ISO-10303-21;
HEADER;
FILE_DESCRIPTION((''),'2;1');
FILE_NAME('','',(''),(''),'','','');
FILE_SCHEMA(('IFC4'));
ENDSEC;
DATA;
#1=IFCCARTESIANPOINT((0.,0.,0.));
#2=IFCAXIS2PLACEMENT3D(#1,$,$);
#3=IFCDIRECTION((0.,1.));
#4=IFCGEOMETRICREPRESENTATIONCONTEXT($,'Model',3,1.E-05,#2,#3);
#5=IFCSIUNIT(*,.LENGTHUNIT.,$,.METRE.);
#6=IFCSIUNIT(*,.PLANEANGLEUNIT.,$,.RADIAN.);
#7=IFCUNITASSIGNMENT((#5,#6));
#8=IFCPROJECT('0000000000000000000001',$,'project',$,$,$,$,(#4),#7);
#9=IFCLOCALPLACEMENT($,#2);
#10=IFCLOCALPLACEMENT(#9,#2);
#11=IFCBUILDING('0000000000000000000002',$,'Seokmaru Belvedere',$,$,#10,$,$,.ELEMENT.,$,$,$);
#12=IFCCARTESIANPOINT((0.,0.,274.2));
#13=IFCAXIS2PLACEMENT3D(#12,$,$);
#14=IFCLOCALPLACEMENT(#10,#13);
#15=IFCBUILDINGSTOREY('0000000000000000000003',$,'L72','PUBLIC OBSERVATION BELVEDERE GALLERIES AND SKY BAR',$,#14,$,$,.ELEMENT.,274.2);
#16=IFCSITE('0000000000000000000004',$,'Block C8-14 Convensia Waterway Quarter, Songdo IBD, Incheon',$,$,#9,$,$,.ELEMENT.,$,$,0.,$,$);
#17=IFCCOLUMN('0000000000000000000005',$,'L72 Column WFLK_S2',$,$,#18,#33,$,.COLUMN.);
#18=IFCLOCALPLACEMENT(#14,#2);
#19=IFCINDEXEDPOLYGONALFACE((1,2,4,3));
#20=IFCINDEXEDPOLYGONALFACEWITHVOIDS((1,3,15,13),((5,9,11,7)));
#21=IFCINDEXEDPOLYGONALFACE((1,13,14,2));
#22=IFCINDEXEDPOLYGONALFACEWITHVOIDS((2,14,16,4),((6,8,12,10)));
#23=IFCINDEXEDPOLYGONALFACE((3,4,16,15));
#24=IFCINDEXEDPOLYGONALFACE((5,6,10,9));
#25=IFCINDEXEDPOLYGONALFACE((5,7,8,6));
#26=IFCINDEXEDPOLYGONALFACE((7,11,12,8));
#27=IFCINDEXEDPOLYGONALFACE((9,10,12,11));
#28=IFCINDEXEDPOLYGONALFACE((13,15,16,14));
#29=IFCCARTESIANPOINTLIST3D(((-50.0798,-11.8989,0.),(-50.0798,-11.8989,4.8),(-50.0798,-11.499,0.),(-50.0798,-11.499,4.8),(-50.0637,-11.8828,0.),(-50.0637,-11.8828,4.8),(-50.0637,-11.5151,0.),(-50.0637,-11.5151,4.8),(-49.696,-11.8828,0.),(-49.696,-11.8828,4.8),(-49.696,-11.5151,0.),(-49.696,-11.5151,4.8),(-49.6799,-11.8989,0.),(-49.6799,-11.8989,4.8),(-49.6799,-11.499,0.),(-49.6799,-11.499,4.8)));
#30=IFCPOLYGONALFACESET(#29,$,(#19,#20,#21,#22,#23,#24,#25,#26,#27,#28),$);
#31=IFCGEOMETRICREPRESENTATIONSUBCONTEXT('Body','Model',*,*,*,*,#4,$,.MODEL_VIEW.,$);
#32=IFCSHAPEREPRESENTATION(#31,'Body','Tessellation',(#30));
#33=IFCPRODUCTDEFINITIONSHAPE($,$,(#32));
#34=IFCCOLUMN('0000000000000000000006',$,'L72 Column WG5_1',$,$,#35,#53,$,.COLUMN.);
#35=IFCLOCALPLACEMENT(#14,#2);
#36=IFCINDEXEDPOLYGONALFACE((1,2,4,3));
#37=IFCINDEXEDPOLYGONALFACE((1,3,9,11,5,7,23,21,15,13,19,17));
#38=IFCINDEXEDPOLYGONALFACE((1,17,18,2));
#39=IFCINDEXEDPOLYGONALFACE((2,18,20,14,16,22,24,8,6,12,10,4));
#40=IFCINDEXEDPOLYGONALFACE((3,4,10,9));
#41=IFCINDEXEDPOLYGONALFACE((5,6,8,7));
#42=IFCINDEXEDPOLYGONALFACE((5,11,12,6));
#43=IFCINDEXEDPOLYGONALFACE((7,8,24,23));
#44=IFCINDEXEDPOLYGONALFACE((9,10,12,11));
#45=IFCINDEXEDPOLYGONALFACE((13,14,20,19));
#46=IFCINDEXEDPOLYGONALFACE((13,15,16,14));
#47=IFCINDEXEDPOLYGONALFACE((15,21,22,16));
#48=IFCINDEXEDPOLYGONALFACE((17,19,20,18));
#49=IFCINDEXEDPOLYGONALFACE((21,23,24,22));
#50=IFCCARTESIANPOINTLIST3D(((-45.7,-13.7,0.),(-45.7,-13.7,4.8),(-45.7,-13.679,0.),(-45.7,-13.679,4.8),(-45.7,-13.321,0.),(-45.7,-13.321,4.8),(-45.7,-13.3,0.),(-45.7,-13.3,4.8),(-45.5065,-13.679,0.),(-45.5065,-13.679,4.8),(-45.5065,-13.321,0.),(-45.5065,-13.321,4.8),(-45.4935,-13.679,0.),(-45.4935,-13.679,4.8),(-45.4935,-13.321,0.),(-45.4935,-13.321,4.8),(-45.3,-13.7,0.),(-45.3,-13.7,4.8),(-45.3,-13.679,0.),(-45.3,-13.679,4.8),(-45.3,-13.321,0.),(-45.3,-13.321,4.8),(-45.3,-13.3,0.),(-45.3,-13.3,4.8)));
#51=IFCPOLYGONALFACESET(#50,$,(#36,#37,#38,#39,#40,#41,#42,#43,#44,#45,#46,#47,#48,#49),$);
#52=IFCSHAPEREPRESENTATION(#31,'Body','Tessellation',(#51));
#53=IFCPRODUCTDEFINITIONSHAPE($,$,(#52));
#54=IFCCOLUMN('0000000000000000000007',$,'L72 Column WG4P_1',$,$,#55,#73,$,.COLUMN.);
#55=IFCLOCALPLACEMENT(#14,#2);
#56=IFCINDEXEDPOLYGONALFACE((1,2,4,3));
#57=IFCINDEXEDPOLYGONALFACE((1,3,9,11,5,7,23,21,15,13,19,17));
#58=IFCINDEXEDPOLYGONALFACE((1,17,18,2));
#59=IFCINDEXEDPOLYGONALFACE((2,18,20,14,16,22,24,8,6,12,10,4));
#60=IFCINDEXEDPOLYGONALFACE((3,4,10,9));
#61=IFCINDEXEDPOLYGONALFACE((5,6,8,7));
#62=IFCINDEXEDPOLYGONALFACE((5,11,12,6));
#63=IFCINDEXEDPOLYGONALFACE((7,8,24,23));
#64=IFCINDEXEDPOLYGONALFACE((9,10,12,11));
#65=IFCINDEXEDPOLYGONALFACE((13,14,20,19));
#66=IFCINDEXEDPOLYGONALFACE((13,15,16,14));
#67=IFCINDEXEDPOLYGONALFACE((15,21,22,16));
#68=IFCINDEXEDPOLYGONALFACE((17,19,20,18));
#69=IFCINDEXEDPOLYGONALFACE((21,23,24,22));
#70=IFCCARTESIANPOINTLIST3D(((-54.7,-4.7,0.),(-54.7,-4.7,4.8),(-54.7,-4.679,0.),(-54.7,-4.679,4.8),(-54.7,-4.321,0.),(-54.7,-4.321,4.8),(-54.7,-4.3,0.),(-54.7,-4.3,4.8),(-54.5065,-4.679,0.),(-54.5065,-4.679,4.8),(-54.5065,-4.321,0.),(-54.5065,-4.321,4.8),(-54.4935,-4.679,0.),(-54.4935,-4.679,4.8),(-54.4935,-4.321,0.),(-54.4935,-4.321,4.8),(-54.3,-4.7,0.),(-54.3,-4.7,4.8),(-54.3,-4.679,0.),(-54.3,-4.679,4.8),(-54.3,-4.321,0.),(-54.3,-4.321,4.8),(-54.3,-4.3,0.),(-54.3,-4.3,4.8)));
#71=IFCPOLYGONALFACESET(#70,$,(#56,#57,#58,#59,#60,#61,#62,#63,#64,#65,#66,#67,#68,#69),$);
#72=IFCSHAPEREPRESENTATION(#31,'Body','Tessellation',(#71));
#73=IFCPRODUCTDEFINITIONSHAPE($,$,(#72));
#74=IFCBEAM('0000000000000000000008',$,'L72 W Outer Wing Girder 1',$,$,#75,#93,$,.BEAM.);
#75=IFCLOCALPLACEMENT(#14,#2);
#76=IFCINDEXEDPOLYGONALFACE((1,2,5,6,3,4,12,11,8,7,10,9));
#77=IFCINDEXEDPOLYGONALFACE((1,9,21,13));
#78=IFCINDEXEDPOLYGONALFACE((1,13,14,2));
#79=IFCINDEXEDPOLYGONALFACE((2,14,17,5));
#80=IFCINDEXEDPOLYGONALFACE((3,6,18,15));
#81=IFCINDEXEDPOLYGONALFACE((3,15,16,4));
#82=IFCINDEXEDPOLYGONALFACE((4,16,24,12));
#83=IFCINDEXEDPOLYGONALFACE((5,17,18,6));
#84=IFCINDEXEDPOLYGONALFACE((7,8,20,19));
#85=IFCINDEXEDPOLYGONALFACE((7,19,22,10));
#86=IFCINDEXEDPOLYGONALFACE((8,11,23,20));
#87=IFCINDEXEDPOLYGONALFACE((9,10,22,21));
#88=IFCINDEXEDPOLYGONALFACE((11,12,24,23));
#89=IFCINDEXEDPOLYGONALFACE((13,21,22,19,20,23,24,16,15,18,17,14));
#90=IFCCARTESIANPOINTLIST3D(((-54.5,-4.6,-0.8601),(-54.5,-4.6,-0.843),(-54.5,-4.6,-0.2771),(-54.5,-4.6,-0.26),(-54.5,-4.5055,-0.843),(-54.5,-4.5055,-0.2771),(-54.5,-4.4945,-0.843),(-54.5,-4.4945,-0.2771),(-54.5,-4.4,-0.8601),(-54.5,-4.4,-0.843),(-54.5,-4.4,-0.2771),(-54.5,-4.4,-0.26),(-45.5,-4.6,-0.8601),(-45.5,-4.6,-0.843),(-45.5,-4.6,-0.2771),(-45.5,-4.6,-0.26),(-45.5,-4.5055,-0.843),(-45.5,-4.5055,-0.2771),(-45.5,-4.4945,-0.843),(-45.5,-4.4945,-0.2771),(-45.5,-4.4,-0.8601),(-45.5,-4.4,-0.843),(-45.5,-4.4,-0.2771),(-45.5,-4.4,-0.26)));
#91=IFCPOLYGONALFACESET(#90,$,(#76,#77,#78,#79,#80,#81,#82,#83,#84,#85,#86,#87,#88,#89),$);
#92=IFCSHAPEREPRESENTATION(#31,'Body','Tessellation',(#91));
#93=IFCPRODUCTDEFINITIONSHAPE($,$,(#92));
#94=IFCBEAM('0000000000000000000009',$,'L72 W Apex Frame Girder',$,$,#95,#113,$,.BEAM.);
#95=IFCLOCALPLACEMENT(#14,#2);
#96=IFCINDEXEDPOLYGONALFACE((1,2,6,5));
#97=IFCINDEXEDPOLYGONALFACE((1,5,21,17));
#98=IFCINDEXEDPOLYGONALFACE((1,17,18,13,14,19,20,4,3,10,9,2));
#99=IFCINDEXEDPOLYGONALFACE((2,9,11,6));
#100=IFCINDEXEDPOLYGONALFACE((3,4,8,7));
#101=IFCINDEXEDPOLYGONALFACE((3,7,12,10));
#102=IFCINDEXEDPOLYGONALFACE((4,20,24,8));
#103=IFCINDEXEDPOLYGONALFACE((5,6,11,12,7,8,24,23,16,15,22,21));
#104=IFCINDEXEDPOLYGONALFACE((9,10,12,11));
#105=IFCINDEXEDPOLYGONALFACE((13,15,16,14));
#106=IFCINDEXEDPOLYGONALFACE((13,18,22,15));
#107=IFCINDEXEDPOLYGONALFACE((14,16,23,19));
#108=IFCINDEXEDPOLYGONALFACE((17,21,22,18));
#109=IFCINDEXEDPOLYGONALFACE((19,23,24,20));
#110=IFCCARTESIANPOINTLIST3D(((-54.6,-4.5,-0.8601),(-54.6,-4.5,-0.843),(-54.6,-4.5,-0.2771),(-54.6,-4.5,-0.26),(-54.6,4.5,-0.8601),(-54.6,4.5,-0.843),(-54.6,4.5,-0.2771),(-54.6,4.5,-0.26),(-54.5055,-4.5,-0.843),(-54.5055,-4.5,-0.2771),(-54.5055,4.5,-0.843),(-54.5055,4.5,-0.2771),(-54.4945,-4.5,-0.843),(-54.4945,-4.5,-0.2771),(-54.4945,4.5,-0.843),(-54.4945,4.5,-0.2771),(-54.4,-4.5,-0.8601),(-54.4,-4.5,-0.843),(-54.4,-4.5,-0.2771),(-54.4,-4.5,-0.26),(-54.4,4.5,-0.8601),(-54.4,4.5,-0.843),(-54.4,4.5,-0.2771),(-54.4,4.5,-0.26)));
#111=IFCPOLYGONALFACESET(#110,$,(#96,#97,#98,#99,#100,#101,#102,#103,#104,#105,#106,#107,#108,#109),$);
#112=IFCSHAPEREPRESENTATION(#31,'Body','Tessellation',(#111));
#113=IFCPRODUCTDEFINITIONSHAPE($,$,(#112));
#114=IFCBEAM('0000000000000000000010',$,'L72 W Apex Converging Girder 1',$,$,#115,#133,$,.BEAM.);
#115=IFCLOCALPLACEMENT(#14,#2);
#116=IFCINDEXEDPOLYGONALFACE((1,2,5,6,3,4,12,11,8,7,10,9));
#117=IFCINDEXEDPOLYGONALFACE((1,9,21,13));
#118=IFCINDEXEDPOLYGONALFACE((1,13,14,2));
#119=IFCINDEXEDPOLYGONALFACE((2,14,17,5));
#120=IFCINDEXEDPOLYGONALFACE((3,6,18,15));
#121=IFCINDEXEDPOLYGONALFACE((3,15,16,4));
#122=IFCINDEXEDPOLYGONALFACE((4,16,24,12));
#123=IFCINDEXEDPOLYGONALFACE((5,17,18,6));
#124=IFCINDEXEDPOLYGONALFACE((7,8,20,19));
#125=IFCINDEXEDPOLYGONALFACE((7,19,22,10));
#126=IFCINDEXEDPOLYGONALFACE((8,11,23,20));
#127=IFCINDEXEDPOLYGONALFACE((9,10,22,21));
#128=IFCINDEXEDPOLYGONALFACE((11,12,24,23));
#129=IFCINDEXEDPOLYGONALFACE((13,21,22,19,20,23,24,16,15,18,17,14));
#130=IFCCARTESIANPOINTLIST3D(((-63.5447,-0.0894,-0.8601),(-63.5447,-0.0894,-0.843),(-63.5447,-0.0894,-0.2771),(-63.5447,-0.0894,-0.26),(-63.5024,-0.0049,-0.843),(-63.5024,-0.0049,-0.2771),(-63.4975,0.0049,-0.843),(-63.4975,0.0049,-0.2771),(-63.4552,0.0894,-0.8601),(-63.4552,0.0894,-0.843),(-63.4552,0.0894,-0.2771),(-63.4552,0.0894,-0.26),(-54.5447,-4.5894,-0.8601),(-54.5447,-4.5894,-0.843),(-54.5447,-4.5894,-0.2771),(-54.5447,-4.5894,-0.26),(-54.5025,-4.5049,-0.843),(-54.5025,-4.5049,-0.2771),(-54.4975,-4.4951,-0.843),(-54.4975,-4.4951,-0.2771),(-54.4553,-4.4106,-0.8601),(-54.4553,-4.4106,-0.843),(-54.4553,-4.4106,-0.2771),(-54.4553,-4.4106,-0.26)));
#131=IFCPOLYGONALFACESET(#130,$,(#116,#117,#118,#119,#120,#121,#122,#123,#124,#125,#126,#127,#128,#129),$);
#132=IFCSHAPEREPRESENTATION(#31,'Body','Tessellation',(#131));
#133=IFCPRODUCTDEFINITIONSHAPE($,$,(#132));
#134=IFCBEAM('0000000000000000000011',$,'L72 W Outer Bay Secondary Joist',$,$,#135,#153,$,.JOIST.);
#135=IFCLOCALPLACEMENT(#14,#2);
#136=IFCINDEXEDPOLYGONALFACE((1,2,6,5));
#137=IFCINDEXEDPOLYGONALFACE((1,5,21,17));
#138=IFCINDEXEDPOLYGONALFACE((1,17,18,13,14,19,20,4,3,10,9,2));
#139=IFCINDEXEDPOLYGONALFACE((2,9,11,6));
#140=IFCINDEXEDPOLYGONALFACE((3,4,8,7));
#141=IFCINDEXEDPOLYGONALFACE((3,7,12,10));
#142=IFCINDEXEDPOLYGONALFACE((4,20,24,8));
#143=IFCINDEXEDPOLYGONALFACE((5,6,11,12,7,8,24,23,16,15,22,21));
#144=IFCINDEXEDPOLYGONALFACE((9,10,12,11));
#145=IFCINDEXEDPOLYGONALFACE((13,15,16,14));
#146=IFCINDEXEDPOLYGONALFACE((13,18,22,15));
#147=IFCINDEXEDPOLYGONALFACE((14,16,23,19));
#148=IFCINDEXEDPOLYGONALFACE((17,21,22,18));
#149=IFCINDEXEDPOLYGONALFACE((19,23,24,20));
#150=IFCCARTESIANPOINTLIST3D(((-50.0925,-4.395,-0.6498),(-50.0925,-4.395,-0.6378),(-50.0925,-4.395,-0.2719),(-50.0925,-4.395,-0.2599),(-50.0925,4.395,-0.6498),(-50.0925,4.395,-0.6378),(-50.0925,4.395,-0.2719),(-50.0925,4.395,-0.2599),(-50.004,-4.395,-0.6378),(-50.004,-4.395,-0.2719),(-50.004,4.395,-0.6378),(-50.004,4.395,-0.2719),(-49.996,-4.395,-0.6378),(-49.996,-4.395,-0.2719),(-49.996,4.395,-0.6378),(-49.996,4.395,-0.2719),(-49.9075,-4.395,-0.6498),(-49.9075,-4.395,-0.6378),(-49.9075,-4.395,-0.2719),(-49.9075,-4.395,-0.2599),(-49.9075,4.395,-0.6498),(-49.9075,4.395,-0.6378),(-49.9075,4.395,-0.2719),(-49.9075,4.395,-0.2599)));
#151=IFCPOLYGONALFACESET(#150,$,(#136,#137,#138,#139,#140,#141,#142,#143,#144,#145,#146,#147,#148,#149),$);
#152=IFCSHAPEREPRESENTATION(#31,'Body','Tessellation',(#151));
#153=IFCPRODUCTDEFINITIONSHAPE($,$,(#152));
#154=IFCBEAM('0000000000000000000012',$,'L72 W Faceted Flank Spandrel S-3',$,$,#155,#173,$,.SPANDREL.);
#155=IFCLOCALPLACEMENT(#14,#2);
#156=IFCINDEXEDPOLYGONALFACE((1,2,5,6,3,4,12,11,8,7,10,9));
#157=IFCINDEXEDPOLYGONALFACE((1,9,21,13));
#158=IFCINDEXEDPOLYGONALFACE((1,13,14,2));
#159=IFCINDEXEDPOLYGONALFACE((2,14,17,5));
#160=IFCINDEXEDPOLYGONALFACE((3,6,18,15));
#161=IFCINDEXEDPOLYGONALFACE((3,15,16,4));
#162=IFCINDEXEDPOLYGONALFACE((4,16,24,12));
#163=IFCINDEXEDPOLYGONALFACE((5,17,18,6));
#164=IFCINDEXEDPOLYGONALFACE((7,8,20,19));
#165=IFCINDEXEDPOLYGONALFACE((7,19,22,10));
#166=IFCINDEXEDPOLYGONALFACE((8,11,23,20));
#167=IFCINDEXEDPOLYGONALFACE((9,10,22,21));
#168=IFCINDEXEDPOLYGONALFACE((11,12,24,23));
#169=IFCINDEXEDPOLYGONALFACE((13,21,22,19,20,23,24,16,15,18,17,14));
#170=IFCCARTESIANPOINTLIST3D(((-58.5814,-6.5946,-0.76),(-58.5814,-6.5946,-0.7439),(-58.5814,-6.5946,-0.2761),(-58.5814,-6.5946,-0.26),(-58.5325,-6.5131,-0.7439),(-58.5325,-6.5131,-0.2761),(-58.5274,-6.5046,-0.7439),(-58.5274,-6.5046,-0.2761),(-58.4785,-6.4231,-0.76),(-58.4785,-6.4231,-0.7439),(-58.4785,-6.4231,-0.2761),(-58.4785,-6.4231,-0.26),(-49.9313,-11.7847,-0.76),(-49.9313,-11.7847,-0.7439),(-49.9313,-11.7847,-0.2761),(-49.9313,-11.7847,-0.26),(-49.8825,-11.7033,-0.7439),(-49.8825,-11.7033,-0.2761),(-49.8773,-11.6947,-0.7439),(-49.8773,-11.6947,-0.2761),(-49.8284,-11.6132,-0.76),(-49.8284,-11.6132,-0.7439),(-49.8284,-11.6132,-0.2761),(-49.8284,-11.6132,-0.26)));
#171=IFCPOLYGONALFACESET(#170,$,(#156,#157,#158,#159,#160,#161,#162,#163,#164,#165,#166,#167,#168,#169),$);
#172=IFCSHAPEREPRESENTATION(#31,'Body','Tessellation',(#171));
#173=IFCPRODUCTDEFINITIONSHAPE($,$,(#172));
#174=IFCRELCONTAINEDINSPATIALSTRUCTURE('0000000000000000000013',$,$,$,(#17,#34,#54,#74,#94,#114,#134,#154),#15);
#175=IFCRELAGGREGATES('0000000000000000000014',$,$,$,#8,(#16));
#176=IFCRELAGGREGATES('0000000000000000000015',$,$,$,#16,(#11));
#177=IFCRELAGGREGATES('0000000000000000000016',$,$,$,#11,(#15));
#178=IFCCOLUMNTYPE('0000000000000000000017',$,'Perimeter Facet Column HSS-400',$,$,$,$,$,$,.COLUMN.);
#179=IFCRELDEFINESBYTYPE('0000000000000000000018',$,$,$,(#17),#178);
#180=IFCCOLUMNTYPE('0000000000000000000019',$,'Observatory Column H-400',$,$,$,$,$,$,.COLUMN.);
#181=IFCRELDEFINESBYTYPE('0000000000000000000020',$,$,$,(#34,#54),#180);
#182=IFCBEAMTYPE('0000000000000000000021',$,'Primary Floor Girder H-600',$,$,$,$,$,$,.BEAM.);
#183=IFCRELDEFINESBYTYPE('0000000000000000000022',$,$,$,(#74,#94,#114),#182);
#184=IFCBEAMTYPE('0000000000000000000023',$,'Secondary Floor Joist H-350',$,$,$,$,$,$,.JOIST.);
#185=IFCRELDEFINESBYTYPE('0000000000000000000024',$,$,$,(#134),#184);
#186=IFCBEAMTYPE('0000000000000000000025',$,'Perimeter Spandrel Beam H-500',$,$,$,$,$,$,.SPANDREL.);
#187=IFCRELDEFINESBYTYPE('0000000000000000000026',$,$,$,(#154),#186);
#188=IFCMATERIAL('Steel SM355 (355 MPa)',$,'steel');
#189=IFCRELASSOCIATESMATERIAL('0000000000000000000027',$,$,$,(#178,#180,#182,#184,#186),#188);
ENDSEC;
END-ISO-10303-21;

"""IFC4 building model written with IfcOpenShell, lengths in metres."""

from ifc_helpers import new_model, si_unit, direction, frame, origin, origin_2d, place, context, subcontext, project, spatial, hollow_rectangle, i_section, extrude, source, transform, mapped, material, material_profile, profile_set, type_object, type_shapes, element, save


model = new_model("IFC4")

# Units and contexts
model_context = context("Model", 3, precision=1e-05, world=origin(), true_north=direction((0.0, 1.0)))
body_context = subcontext(model_context, "Body", "Model", "MODEL_VIEW")
ifc_project = project(units=[si_unit("LENGTHUNIT", "METRE"), si_unit("PLANEANGLEUNIT", "RADIAN")], contexts=[model_context])

# Site, building, storey
site_placement = place(None, origin())
site = spatial("IfcSite", under=ifc_project, at=site_placement, Name="Block C8-14 Convensia Waterway Quarter, Songdo IBD, Incheon", CompositionType="ELEMENT", RefElevation=0.0)
building_placement = place(site_placement, origin())
building = spatial("IfcBuilding", under=site, at=building_placement, Name="Seokmaru Belvedere", CompositionType="ELEMENT")
storey_placement = place(building_placement, frame((0.0, 0.0, 274.2)))
storey = spatial("IfcBuildingStorey", under=building, at=storey_placement, Name="L72", Description="PUBLIC OBSERVATION BELVEDERE GALLERIES AND SKY BAR", CompositionType="ELEMENT", Elevation=274.2)

# Columns
ifc_material_1 = material(Name="Steel SM355 (355 MPa)", Category="steel")
ifc_material_profile_1 = material_profile(ifc_material_1, hollow_rectangle(XDim=0.3999, YDim=0.3999, WallThickness=0.0161, at=origin_2d()), Name="HSS-400x400x16")
ifc_profile_set_1 = profile_set([ifc_material_profile_1], Name="Steel SM355 (355 MPa)")
column_type_1 = type_object("IfcColumnType", Name="Perimeter Facet Column HSS-400", PredefinedType="COLUMN", material=ifc_profile_set_1)
shared_shape_1 = source(origin(), body_context, "Body", "SweptSolid", [
    extrude(hollow_rectangle(XDim=0.3999, YDim=0.3999, WallThickness=0.0161, at=origin_2d()), origin(), (0.0, 0.0, 1.0), 4.8),
])
type_shapes(column_type_1, [shared_shape_1])
column_placement = place(storey_placement, frame((-49.8799, -11.699, 0.0), z_axis=(0.0, 0.0, 1.0), x_axis=(1.0, 0.0, 0.0)))
element("IfcColumn", 1, at=column_placement, inside=storey, type_object=column_type_1, Name="L72 Column WFLK_S2", PredefinedType="COLUMN", context=body_context, shape_type="MappedRepresentation", body=[
    mapped(shared_shape_1, transform((0.0, 0.0, 0.0), scale=1.0)),
])
ifc_material_profile_2 = material_profile(ifc_material_1, i_section(OverallWidth=0.3999, OverallDepth=0.3999, WebThickness=0.0129, FlangeThickness=0.021, at=origin_2d()), Name="H-400x400x13x21")
ifc_profile_set_2 = profile_set([ifc_material_profile_2], Name="Steel SM355 (355 MPa)")
column_type_2 = type_object("IfcColumnType", Name="Observatory Column H-400", PredefinedType="COLUMN", material=ifc_profile_set_2)
shared_shape_2 = source(origin(), body_context, "Body", "SweptSolid", [
    extrude(i_section(OverallWidth=0.3999, OverallDepth=0.3999, WebThickness=0.0129, FlangeThickness=0.021, at=origin_2d()), origin(), (0.0, 0.0, 1.0), 4.8),
])
type_shapes(column_type_2, [shared_shape_2])
for number, where, z_axis, x_axis, name in (
    (2, (-45.5, -13.5, 0.0), (0.0, 0.0, 1.0), (1.0, 0.0, 0.0), "L72 Column WG5_1"),
    (3, (-54.5, -4.5, 0.0), (0.0, 0.0, 1.0), (1.0, 0.0, 0.0), "L72 Column WG4P_1"),
):
    element("IfcColumn", number, at=place(storey_placement, frame(where, z_axis=z_axis, x_axis=x_axis)), inside=storey, type_object=column_type_2, Name=name, PredefinedType="COLUMN", context=body_context, shape_type="MappedRepresentation", body=[
        mapped(shared_shape_2, transform((0.0, 0.0, 0.0), scale=1.0)),
    ])

# Beams
ifc_material_profile_3 = material_profile(ifc_material_1, i_section(OverallWidth=0.2, OverallDepth=0.6001, WebThickness=0.011, FlangeThickness=0.0171, at=origin_2d()), Name="H-600x200x11x17")
ifc_profile_set_3 = profile_set([ifc_material_profile_3], Name="Steel SM355 (355 MPa)")
beam_type_1 = type_object("IfcBeamType", Name="Primary Floor Girder H-600", PredefinedType="BEAM", material=ifc_profile_set_3)
shared_shape_3 = source(origin(), body_context, "Body", "SweptSolid", [
    extrude(i_section(OverallWidth=0.2, OverallDepth=0.6001, WebThickness=0.011, FlangeThickness=0.0171, at=origin_2d()), origin(), (0.0, 0.0, 1.0), 9.0),
])
for number, where, z_axis, x_axis, name in (
    (4, (-54.5, -4.5, -0.5601), (1.0, 0.0, 0.0), (0.0, 1.0, 0.0), "L72 W Outer Wing Girder 1"),
    (5, (-54.5, -4.5, -0.5601), (0.0, 1.0, 0.0), (-1.0, 0.0, 0.0), "L72 W Apex Frame Girder"),
):
    element("IfcBeam", number, at=place(storey_placement, frame(where, z_axis=z_axis, x_axis=x_axis)), inside=storey, type_object=beam_type_1, Name=name, PredefinedType="BEAM", context=body_context, shape_type="MappedRepresentation", body=[
        mapped(shared_shape_3, transform((0.0, 0.0, 0.0), scale=1.0)),
    ])
shared_shape_4 = source(origin(), body_context, "Body", "SweptSolid", [
    extrude(i_section(OverallWidth=0.2, OverallDepth=0.6001, WebThickness=0.011, FlangeThickness=0.0171, at=origin_2d()), origin(), (0.0, 0.0, 1.0), 10.0623),
])
beam_1_placement = place(storey_placement, frame((-54.5, -4.5, -0.5601), z_axis=(-0.894427, 0.447214, 0.0), x_axis=(-0.447214, -0.894427, 0.0)))
element("IfcBeam", 6, at=beam_1_placement, inside=storey, type_object=beam_type_1, Name="L72 W Apex Converging Girder 1", PredefinedType="BEAM", context=body_context, shape_type="MappedRepresentation", body=[
    mapped(shared_shape_4, transform((0.0, 0.0, 0.0), scale=1.0)),
])
ifc_material_profile_4 = material_profile(ifc_material_1, i_section(OverallWidth=0.1851, OverallDepth=0.3899, WebThickness=0.0081, FlangeThickness=0.012, at=origin_2d()), Name="H-390x185x8x12")
ifc_profile_set_4 = profile_set([ifc_material_profile_4], Name="Steel SM355 (355 MPa)")
beam_type_2 = type_object("IfcBeamType", Name="Secondary Floor Joist H-350", PredefinedType="JOIST", material=ifc_profile_set_4)
shared_shape_5 = source(origin(), body_context, "Body", "SweptSolid", [
    extrude(i_section(OverallWidth=0.1851, OverallDepth=0.3899, WebThickness=0.0081, FlangeThickness=0.012, at=origin_2d()), origin(), (0.0, 0.0, 1.0), 8.79),
])
type_shapes(beam_type_2, [shared_shape_5])
beam_2_placement = place(storey_placement, frame((-50.0, -4.395, -0.4548), z_axis=(0.0, 1.0, 0.0), x_axis=(-1.0, 0.0, 0.0)))
element("IfcBeam", 7, at=beam_2_placement, inside=storey, type_object=beam_type_2, Name="L72 W Outer Bay Secondary Joist", PredefinedType="JOIST", context=body_context, shape_type="MappedRepresentation", body=[
    mapped(shared_shape_5, transform((0.0, 0.0, 0.0), scale=1.0)),
])
ifc_material_profile_5 = material_profile(ifc_material_1, i_section(OverallWidth=0.2, OverallDepth=0.5, WebThickness=0.01, FlangeThickness=0.0161, at=origin_2d()), Name="H-500x200x10x16")
ifc_profile_set_5 = profile_set([ifc_material_profile_5], Name="Steel SM355 (355 MPa)")
beam_type_3 = type_object("IfcBeamType", Name="Perimeter Spandrel Beam H-500", PredefinedType="SPANDREL", material=ifc_profile_set_5)
shared_shape_6 = source(origin(), body_context, "Body", "SweptSolid", [
    extrude(i_section(OverallWidth=0.2, OverallDepth=0.5, WebThickness=0.01, FlangeThickness=0.0161, at=origin_2d()), origin(), (0.0, 0.0, 1.0), 10.0876),
])
type_shapes(beam_type_3, [shared_shape_6])
beam_3_placement = place(storey_placement, frame((-49.8799, -11.699, -0.51), z_axis=(-0.857489, 0.514503, 0.0), x_axis=(-0.514503, -0.857489, 0.0)))
element("IfcBeam", 8, at=beam_3_placement, inside=storey, type_object=beam_type_3, Name="L72 W Faceted Flank Spandrel S-3", PredefinedType="SPANDREL", context=body_context, shape_type="MappedRepresentation", body=[
    mapped(shared_shape_6, transform((0.0, 0.0, 0.0), scale=1.0)),
])

save(model, "model.ifc")
